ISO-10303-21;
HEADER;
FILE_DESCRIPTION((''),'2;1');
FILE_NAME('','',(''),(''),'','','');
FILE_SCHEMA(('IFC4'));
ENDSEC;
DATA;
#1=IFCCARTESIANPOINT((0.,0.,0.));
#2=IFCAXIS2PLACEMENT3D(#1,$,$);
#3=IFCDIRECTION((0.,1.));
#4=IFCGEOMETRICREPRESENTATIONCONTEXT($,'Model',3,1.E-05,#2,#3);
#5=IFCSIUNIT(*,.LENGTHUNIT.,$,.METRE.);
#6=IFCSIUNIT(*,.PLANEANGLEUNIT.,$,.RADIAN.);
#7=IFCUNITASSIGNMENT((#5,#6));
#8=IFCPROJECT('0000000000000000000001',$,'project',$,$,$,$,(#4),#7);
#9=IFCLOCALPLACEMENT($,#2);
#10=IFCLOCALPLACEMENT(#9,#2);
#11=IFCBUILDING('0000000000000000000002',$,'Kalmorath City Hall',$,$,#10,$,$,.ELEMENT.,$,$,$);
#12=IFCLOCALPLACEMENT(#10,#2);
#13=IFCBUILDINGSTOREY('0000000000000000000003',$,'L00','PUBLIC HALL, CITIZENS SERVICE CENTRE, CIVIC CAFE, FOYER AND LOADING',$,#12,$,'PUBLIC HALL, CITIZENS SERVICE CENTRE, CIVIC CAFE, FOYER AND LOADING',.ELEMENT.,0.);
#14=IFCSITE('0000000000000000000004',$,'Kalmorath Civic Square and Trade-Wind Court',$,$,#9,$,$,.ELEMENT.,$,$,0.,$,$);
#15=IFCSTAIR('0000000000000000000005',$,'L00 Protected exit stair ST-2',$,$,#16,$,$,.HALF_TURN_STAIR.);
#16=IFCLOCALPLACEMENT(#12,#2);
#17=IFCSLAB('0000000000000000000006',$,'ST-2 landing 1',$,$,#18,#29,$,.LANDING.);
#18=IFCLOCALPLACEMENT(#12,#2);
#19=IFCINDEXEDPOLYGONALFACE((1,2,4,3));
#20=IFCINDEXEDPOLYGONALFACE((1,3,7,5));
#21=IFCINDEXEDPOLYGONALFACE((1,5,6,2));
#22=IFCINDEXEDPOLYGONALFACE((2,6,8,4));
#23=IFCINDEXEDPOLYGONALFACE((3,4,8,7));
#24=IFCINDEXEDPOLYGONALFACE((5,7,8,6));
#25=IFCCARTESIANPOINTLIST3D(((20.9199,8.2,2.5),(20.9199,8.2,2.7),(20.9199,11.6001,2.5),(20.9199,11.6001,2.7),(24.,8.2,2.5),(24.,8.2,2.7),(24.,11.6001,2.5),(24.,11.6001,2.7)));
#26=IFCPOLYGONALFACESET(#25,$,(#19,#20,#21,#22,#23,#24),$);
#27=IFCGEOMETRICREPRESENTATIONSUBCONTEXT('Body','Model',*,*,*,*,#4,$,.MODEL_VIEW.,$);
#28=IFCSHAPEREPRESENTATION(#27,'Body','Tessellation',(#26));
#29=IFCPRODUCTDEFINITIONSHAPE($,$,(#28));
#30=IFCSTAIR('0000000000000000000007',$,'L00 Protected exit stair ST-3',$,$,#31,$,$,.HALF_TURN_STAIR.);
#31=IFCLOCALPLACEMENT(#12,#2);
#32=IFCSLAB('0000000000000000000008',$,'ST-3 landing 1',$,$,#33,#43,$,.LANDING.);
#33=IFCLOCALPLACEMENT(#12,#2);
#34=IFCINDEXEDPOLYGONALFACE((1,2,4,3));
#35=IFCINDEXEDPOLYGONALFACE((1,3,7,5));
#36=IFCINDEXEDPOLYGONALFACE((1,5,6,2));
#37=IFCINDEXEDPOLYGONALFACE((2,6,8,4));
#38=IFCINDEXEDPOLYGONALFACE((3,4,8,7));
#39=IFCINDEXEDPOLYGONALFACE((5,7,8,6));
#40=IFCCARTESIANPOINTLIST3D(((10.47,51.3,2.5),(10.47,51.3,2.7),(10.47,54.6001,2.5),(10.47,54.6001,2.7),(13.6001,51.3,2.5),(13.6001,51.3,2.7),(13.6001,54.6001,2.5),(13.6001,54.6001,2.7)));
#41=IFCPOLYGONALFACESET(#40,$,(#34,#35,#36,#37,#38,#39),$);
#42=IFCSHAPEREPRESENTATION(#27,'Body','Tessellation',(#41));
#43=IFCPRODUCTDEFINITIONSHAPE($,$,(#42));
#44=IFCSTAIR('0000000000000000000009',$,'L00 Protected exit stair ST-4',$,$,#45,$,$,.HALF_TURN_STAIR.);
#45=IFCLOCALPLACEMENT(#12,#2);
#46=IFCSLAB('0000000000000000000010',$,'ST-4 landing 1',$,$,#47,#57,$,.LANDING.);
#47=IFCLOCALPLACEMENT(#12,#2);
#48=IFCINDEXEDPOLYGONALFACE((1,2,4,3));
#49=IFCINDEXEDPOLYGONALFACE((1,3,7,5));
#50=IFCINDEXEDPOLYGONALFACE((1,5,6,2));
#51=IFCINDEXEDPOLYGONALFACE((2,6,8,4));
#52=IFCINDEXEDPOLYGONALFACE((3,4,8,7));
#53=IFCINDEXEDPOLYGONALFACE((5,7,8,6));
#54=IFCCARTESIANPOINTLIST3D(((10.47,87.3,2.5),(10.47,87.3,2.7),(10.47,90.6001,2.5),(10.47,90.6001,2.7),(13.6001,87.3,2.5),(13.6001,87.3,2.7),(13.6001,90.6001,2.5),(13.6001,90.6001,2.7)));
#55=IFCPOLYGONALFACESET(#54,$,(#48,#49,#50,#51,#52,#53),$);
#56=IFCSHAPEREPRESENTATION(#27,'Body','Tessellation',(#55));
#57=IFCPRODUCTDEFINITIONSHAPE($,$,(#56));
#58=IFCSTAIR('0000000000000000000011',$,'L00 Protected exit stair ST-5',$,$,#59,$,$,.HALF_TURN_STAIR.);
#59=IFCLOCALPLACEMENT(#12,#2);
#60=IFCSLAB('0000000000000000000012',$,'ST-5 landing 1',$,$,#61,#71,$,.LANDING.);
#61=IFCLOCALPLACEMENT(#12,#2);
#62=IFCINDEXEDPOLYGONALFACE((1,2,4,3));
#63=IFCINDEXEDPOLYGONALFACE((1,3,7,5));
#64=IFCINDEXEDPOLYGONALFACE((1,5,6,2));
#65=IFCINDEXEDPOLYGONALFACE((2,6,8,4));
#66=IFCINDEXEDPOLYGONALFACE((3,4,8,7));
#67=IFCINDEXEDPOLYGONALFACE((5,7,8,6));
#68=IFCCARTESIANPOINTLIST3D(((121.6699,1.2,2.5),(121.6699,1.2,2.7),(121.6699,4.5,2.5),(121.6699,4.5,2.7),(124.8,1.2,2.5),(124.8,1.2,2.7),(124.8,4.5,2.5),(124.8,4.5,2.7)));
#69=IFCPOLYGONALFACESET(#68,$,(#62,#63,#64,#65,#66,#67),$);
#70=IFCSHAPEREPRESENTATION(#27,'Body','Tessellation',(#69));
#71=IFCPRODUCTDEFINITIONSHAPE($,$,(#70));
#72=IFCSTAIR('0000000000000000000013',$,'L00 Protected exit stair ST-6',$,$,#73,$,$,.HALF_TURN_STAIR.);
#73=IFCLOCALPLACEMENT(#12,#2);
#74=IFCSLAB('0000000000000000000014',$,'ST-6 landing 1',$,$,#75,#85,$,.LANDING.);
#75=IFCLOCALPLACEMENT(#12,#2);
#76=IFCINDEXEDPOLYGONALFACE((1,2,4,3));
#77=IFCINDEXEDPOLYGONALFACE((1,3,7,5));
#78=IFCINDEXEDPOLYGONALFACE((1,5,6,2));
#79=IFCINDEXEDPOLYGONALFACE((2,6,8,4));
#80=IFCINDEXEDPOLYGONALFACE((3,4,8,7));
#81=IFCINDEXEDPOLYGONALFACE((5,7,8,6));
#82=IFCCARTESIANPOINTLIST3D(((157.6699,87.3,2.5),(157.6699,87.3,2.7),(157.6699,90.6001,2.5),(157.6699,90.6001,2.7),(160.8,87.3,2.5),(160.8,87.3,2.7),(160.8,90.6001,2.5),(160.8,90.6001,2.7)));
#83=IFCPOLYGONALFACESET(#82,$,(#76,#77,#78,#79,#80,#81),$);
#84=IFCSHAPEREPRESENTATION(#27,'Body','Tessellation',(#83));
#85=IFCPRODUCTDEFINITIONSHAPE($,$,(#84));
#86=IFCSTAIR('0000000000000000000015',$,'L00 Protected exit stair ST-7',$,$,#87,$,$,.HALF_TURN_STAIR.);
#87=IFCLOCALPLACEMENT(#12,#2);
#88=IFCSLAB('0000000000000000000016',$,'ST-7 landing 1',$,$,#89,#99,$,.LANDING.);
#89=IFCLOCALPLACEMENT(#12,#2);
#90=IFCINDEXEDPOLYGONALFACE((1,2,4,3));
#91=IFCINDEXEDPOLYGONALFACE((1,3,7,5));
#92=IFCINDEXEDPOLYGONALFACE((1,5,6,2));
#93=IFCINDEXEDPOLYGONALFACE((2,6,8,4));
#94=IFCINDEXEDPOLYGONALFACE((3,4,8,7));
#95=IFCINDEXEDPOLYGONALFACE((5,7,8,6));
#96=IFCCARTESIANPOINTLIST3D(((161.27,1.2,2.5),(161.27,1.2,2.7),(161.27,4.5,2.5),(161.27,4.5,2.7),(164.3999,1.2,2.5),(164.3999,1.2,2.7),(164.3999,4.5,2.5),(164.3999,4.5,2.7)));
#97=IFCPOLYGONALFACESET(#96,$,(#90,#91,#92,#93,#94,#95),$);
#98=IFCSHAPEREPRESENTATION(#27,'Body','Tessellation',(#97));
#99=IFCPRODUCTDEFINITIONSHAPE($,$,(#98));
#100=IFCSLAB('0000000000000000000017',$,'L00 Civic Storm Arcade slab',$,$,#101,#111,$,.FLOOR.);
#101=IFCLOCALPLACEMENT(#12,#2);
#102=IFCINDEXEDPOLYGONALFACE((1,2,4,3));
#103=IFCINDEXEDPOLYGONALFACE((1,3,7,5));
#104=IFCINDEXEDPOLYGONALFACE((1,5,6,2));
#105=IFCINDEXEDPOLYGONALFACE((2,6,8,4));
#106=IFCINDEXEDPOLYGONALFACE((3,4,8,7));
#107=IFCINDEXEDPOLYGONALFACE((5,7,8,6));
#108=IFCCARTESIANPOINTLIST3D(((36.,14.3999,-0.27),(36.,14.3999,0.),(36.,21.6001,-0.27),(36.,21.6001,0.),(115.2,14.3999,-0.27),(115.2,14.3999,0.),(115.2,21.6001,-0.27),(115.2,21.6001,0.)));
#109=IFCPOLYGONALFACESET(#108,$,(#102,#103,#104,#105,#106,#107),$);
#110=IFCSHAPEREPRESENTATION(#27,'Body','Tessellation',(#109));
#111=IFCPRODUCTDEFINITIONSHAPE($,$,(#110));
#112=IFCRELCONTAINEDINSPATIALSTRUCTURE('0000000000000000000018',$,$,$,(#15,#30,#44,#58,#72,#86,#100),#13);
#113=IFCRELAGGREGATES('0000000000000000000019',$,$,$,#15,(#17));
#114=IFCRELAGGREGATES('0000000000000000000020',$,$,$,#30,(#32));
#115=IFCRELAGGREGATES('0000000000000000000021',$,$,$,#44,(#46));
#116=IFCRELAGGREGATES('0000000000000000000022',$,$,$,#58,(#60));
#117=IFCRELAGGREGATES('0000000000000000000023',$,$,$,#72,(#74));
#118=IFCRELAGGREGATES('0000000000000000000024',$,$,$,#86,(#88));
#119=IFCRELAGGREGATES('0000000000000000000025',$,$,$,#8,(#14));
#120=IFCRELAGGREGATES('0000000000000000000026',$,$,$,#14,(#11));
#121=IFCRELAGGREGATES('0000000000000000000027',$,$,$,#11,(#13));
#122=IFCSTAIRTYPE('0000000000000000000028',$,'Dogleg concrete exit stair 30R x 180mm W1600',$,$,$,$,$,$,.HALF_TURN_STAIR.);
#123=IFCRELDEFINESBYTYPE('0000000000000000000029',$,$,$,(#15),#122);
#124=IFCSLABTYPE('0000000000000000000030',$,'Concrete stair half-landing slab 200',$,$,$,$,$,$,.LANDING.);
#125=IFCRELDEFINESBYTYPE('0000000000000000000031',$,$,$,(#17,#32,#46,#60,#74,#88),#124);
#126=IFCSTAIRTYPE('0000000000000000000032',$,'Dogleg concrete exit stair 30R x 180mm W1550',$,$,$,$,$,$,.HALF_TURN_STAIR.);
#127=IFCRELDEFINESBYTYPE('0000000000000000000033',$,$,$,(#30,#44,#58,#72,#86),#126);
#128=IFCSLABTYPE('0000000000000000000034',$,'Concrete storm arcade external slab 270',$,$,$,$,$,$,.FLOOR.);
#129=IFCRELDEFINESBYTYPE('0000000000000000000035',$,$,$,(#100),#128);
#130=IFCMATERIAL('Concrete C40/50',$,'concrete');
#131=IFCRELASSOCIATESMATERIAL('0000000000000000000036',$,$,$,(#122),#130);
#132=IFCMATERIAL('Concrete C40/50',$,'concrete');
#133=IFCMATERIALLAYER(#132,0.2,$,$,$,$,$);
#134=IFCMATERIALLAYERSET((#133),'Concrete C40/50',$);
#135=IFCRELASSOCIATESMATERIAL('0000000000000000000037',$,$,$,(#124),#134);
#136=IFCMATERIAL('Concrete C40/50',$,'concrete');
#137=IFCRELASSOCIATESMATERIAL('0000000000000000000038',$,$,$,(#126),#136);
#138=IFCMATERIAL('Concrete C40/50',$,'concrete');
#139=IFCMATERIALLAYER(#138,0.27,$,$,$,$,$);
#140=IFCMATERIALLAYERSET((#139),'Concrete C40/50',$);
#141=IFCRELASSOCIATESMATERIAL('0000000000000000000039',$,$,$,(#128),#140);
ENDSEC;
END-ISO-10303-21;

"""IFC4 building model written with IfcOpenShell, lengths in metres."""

from ifc_helpers import new_model, si_unit, direction, frame, origin, place, context, subcontext, project, spatial, polyline, outline, extrude, material, layer, layer_set, type_object, element, aggregate, save


model = new_model("IFC4")

# Units and contexts
model_context = context("Model", 3, precision=1e-05, world=origin(), true_north=direction((0.0, 1.0)))
body_context = subcontext(model_context, "Body", "Model", "MODEL_VIEW")
ifc_project = project(units=[si_unit("LENGTHUNIT", "METRE"), si_unit("PLANEANGLEUNIT", "RADIAN")], contexts=[model_context])

# Site, building, storey
site_placement = place(None, origin())
site = spatial("IfcSite", under=ifc_project, at=site_placement, Name="Kalmorath Civic Square and Trade-Wind Court", CompositionType="ELEMENT", RefElevation=0.0)
building_placement = place(site_placement, origin())
building = spatial("IfcBuilding", under=site, at=building_placement, Name="Kalmorath City Hall", CompositionType="ELEMENT")
storey_placement = place(building_placement, origin())
storey = spatial("IfcBuildingStorey", under=building, at=storey_placement, Name="L00", Description="PUBLIC HALL, CITIZENS SERVICE CENTRE, CIVIC CAFE, FOYER AND LOADING", LongName="PUBLIC HALL, CITIZENS SERVICE CENTRE, CIVIC CAFE, FOYER AND LOADING", CompositionType="ELEMENT", Elevation=0.0)

# Stairs, slabs
ifc_material_1 = material(Name="Concrete C40/50", Category="concrete")
stair_type_1 = type_object("IfcStairType", Name="Dogleg concrete exit stair 30R x 180mm W1600", PredefinedType="HALF_TURN_STAIR", material=ifc_material_1)
ifc_material_2 = material(Name="Concrete C40/50", Category="concrete")
ifc_layer_1 = layer(ifc_material_2, 0.2)
ifc_layer_set_1 = layer_set([ifc_layer_1], Name="Concrete C40/50")
slab_type_1 = type_object("IfcSlabType", Name="Concrete stair half-landing slab 200", PredefinedType="LANDING", material=ifc_layer_set_1)
stair_1_placement = place(storey_placement, origin())
stair_1 = element("IfcStair", 1, at=stair_1_placement, inside=storey, type_object=stair_type_1, Name="L00 Protected exit stair ST-2", PredefinedType="HALF_TURN_STAIR")
slab_1_placement = place(storey_placement, frame((0.0, 0.0, 2.5)))
slab_1 = element("IfcSlab", 2, at=slab_1_placement, type_object=slab_type_1, Name="ST-2 landing 1", PredefinedType="LANDING", context=body_context, shape_type="SweptSolid", body=[
    extrude(outline(polyline([(20.9199, 8.2), (24.0, 8.2), (24.0, 11.6001), (20.9199, 11.6001), (20.9199, 8.2)])), origin(), (0.0, 0.0, 1.0), 0.2),
])
aggregate(stair_1, [slab_1])
ifc_material_3 = material(Name="Concrete C40/50", Category="concrete")
stair_type_2 = type_object("IfcStairType", Name="Dogleg concrete exit stair 30R x 180mm W1550", PredefinedType="HALF_TURN_STAIR", material=ifc_material_3)
stair_2_placement = place(storey_placement, origin())
stair_2 = element("IfcStair", 3, at=stair_2_placement, inside=storey, type_object=stair_type_2, Name="L00 Protected exit stair ST-3", PredefinedType="HALF_TURN_STAIR")
slab_2_placement = place(storey_placement, frame((0.0, 0.0, 2.5)))
slab_2 = element("IfcSlab", 4, at=slab_2_placement, type_object=slab_type_1, Name="ST-3 landing 1", PredefinedType="LANDING", context=body_context, shape_type="SweptSolid", body=[
    extrude(outline(polyline([(10.47, 51.3), (13.6001, 51.3), (13.6001, 54.6001), (10.47, 54.6001), (10.47, 51.3)])), origin(), (0.0, 0.0, 1.0), 0.2),
])
aggregate(stair_2, [slab_2])
stair_3_placement = place(storey_placement, origin())
stair_3 = element("IfcStair", 5, at=stair_3_placement, inside=storey, type_object=stair_type_2, Name="L00 Protected exit stair ST-4", PredefinedType="HALF_TURN_STAIR")
slab_3_placement = place(storey_placement, frame((0.0, 0.0, 2.5)))
slab_3 = element("IfcSlab", 6, at=slab_3_placement, type_object=slab_type_1, Name="ST-4 landing 1", PredefinedType="LANDING", context=body_context, shape_type="SweptSolid", body=[
    extrude(outline(polyline([(10.47, 87.3), (13.6001, 87.3), (13.6001, 90.6001), (10.47, 90.6001), (10.47, 87.3)])), origin(), (0.0, 0.0, 1.0), 0.2),
])
aggregate(stair_3, [slab_3])
stair_4_placement = place(storey_placement, origin())
stair_4 = element("IfcStair", 7, at=stair_4_placement, inside=storey, type_object=stair_type_2, Name="L00 Protected exit stair ST-5", PredefinedType="HALF_TURN_STAIR")
slab_4_placement = place(storey_placement, frame((0.0, 0.0, 2.5)))
slab_4 = element("IfcSlab", 8, at=slab_4_placement, type_object=slab_type_1, Name="ST-5 landing 1", PredefinedType="LANDING", context=body_context, shape_type="SweptSolid", body=[
    extrude(outline(polyline([(121.6699, 1.2), (124.8, 1.2), (124.8, 4.5), (121.6699, 4.5), (121.6699, 1.2)])), origin(), (0.0, 0.0, 1.0), 0.2),
])
aggregate(stair_4, [slab_4])
stair_5_placement = place(storey_placement, origin())
stair_5 = element("IfcStair", 9, at=stair_5_placement, inside=storey, type_object=stair_type_2, Name="L00 Protected exit stair ST-6", PredefinedType="HALF_TURN_STAIR")
slab_5_placement = place(storey_placement, frame((0.0, 0.0, 2.5)))
slab_5 = element("IfcSlab", 10, at=slab_5_placement, type_object=slab_type_1, Name="ST-6 landing 1", PredefinedType="LANDING", context=body_context, shape_type="SweptSolid", body=[
    extrude(outline(polyline([(157.6699, 87.3), (160.8, 87.3), (160.8, 90.6001), (157.6699, 90.6001), (157.6699, 87.3)])), origin(), (0.0, 0.0, 1.0), 0.2),
])
aggregate(stair_5, [slab_5])
stair_6_placement = place(storey_placement, origin())
stair_6 = element("IfcStair", 11, at=stair_6_placement, inside=storey, type_object=stair_type_2, Name="L00 Protected exit stair ST-7", PredefinedType="HALF_TURN_STAIR")
slab_6_placement = place(storey_placement, frame((0.0, 0.0, 2.5)))
slab_6 = element("IfcSlab", 12, at=slab_6_placement, type_object=slab_type_1, Name="ST-7 landing 1", PredefinedType="LANDING", context=body_context, shape_type="SweptSolid", body=[
    extrude(outline(polyline([(161.27, 1.2), (164.3999, 1.2), (164.3999, 4.5), (161.27, 4.5), (161.27, 1.2)])), origin(), (0.0, 0.0, 1.0), 0.2),
])
aggregate(stair_6, [slab_6])

# Slab
ifc_material_4 = material(Name="Concrete C40/50", Category="concrete")
ifc_layer_2 = layer(ifc_material_4, 0.27)
ifc_layer_set_2 = layer_set([ifc_layer_2], Name="Concrete C40/50")
slab_type_2 = type_object("IfcSlabType", Name="Concrete storm arcade external slab 270", PredefinedType="FLOOR", material=ifc_layer_set_2)
slab_7_placement = place(storey_placement, frame((0.0, 0.0, -0.27)))
element("IfcSlab", 13, at=slab_7_placement, inside=storey, type_object=slab_type_2, Name="L00 Civic Storm Arcade slab", PredefinedType="FLOOR", context=body_context, shape_type="SweptSolid", body=[
    extrude(outline(polyline([(36.0, 14.3999), (115.2, 14.3999), (115.2, 21.6001), (36.0, 21.6001), (36.0, 14.3999)])), origin(), (0.0, 0.0, 1.0), 0.27),
])

save(model, "model.ifc")
